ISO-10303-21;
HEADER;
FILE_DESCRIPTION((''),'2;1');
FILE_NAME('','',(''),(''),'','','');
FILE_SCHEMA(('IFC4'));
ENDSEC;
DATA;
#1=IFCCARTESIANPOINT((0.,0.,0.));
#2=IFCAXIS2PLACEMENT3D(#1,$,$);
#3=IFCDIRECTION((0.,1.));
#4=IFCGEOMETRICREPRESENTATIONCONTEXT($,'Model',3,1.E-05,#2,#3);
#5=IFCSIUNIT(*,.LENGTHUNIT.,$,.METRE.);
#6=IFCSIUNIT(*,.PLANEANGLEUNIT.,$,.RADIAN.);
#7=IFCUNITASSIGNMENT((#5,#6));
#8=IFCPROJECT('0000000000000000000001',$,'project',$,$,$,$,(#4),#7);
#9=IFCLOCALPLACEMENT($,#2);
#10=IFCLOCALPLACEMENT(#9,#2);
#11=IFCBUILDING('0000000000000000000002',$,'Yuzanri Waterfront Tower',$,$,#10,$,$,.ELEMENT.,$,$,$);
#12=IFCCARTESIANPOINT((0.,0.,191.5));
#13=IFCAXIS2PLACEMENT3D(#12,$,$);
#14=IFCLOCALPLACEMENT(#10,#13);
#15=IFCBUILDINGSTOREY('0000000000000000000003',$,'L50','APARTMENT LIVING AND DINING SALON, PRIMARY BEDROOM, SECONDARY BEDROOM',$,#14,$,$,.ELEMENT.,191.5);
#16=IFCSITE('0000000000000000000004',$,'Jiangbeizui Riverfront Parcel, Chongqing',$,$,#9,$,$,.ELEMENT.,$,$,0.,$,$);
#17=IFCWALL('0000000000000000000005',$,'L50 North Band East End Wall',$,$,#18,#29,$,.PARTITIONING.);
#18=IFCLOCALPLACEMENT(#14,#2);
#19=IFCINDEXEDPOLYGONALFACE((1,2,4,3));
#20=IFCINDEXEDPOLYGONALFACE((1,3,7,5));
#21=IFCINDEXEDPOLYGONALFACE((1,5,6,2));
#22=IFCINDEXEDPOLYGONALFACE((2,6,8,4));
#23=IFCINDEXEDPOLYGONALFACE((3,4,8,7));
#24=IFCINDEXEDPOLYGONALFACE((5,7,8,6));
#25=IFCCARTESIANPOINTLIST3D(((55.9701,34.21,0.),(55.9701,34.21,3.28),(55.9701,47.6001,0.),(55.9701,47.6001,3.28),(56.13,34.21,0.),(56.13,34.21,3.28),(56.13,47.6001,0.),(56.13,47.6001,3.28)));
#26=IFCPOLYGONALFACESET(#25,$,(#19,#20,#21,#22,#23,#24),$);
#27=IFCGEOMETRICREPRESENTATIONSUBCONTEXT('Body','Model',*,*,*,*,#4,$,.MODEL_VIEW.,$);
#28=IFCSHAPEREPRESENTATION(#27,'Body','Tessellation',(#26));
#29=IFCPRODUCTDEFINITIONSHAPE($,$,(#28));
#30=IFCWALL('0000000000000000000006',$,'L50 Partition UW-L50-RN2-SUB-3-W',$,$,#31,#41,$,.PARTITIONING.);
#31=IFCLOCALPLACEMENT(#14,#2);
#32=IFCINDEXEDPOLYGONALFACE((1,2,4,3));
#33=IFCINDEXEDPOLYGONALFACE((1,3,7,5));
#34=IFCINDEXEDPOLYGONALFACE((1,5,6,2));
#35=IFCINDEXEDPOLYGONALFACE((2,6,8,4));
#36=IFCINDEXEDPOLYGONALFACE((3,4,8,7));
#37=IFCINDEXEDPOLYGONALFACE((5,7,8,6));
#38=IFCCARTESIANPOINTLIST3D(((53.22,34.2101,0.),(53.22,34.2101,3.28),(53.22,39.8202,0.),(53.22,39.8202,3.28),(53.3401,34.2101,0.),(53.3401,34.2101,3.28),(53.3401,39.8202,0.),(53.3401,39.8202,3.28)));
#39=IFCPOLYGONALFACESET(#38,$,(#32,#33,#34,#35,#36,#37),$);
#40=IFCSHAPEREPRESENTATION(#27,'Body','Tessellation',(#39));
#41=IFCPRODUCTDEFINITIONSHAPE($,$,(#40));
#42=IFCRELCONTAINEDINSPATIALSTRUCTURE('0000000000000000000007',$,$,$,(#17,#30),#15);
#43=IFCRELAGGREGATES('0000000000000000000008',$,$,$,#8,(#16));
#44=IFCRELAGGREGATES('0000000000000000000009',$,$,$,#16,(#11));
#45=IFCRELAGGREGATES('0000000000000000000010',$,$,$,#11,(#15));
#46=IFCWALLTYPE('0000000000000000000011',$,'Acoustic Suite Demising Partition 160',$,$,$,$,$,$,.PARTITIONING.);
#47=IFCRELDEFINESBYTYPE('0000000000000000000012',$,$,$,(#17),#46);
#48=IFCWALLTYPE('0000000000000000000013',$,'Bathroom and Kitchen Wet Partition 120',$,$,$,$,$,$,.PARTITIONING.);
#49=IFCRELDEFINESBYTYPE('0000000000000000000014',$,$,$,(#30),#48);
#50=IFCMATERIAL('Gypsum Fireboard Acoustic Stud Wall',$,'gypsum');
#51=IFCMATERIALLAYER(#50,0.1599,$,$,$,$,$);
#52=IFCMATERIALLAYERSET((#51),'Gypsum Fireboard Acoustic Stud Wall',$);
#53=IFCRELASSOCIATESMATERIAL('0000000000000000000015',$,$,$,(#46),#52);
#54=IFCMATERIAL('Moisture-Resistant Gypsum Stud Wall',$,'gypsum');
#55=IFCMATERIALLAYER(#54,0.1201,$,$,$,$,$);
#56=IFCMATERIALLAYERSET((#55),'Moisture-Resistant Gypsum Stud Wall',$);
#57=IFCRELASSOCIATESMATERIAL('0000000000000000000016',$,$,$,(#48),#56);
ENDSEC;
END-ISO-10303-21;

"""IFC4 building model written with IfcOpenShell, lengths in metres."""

from ifc_helpers import new_model, si_unit, direction, frame, frame_2d, origin, place, context, subcontext, project, spatial, rectangle, extrude, source, transform, mapped, material, layer, layer_set, type_object, element, save


model = new_model("IFC4")

# Units and contexts
model_context = context("Model", 3, precision=1e-05, world=origin(), true_north=direction((0.0, 1.0)))
body_context = subcontext(model_context, "Body", "Model", "MODEL_VIEW")
ifc_project = project(units=[si_unit("LENGTHUNIT", "METRE"), si_unit("PLANEANGLEUNIT", "RADIAN")], contexts=[model_context])

# Site, building, storey
site_placement = place(None, origin())
site = spatial("IfcSite", under=ifc_project, at=site_placement, Name="Jiangbeizui Riverfront Parcel, Chongqing", CompositionType="ELEMENT", RefElevation=0.0)
building_placement = place(site_placement, origin())
building = spatial("IfcBuilding", under=site, at=building_placement, Name="Yuzanri Waterfront Tower", CompositionType="ELEMENT")
storey_placement = place(building_placement, frame((0.0, 0.0, 191.5)))
storey = spatial("IfcBuildingStorey", under=building, at=storey_placement, Name="L50", Description="APARTMENT LIVING AND DINING SALON, PRIMARY BEDROOM, SECONDARY BEDROOM", CompositionType="ELEMENT", Elevation=191.5)

# Walls
ifc_material_1 = material(Name="Gypsum Fireboard Acoustic Stud Wall", Category="gypsum")
ifc_layer_1 = layer(ifc_material_1, 0.1599)
ifc_layer_set_1 = layer_set([ifc_layer_1], Name="Gypsum Fireboard Acoustic Stud Wall")
wall_type_1 = type_object("IfcWallType", Name="Acoustic Suite Demising Partition 160", PredefinedType="PARTITIONING", material=ifc_layer_set_1)
shared_shape_1 = source(origin(), body_context, "Body", "SweptSolid", [
    extrude(rectangle(XDim=13.3901, YDim=0.1599, at=frame_2d((6.6951, 0.0))), origin(), (0.0, 0.0, 1.0), 3.28),
])
wall_1_placement = place(storey_placement, frame((56.05, 34.21, 0.0), z_axis=(0.0, 0.0, 1.0), x_axis=(0.0, 1.0, 0.0)))
element("IfcWall", 1, at=wall_1_placement, inside=storey, type_object=wall_type_1, Name="L50 North Band East End Wall", PredefinedType="PARTITIONING", context=body_context, shape_type="MappedRepresentation", body=[
    mapped(shared_shape_1, transform((0.0, 0.0, 0.0), scale=1.0)),
])
ifc_material_2 = material(Name="Moisture-Resistant Gypsum Stud Wall", Category="gypsum")
ifc_layer_2 = layer(ifc_material_2, 0.1201)
ifc_layer_set_2 = layer_set([ifc_layer_2], Name="Moisture-Resistant Gypsum Stud Wall")
wall_type_2 = type_object("IfcWallType", Name="Bathroom and Kitchen Wet Partition 120", PredefinedType="PARTITIONING", material=ifc_layer_set_2)
shared_shape_2 = source(origin(), body_context, "Body", "SweptSolid", [
    extrude(rectangle(XDim=5.6101, YDim=0.1201, at=frame_2d((2.8052, 0.0))), origin(), (0.0, 0.0, 1.0), 3.28),
])
wall_2_placement = place(storey_placement, frame((53.28, 34.21, 0.0), z_axis=(0.0, 0.0, 1.0), x_axis=(0.0, 1.0, 0.0)))
element("IfcWall", 2, at=wall_2_placement, inside=storey, type_object=wall_type_2, Name="L50 Partition UW-L50-RN2-SUB-3-W", PredefinedType="PARTITIONING", context=body_context, shape_type="MappedRepresentation", body=[
    mapped(shared_shape_2, transform((0.0, 0.0, 0.0), scale=1.0)),
])

save(model, "model.ifc")
